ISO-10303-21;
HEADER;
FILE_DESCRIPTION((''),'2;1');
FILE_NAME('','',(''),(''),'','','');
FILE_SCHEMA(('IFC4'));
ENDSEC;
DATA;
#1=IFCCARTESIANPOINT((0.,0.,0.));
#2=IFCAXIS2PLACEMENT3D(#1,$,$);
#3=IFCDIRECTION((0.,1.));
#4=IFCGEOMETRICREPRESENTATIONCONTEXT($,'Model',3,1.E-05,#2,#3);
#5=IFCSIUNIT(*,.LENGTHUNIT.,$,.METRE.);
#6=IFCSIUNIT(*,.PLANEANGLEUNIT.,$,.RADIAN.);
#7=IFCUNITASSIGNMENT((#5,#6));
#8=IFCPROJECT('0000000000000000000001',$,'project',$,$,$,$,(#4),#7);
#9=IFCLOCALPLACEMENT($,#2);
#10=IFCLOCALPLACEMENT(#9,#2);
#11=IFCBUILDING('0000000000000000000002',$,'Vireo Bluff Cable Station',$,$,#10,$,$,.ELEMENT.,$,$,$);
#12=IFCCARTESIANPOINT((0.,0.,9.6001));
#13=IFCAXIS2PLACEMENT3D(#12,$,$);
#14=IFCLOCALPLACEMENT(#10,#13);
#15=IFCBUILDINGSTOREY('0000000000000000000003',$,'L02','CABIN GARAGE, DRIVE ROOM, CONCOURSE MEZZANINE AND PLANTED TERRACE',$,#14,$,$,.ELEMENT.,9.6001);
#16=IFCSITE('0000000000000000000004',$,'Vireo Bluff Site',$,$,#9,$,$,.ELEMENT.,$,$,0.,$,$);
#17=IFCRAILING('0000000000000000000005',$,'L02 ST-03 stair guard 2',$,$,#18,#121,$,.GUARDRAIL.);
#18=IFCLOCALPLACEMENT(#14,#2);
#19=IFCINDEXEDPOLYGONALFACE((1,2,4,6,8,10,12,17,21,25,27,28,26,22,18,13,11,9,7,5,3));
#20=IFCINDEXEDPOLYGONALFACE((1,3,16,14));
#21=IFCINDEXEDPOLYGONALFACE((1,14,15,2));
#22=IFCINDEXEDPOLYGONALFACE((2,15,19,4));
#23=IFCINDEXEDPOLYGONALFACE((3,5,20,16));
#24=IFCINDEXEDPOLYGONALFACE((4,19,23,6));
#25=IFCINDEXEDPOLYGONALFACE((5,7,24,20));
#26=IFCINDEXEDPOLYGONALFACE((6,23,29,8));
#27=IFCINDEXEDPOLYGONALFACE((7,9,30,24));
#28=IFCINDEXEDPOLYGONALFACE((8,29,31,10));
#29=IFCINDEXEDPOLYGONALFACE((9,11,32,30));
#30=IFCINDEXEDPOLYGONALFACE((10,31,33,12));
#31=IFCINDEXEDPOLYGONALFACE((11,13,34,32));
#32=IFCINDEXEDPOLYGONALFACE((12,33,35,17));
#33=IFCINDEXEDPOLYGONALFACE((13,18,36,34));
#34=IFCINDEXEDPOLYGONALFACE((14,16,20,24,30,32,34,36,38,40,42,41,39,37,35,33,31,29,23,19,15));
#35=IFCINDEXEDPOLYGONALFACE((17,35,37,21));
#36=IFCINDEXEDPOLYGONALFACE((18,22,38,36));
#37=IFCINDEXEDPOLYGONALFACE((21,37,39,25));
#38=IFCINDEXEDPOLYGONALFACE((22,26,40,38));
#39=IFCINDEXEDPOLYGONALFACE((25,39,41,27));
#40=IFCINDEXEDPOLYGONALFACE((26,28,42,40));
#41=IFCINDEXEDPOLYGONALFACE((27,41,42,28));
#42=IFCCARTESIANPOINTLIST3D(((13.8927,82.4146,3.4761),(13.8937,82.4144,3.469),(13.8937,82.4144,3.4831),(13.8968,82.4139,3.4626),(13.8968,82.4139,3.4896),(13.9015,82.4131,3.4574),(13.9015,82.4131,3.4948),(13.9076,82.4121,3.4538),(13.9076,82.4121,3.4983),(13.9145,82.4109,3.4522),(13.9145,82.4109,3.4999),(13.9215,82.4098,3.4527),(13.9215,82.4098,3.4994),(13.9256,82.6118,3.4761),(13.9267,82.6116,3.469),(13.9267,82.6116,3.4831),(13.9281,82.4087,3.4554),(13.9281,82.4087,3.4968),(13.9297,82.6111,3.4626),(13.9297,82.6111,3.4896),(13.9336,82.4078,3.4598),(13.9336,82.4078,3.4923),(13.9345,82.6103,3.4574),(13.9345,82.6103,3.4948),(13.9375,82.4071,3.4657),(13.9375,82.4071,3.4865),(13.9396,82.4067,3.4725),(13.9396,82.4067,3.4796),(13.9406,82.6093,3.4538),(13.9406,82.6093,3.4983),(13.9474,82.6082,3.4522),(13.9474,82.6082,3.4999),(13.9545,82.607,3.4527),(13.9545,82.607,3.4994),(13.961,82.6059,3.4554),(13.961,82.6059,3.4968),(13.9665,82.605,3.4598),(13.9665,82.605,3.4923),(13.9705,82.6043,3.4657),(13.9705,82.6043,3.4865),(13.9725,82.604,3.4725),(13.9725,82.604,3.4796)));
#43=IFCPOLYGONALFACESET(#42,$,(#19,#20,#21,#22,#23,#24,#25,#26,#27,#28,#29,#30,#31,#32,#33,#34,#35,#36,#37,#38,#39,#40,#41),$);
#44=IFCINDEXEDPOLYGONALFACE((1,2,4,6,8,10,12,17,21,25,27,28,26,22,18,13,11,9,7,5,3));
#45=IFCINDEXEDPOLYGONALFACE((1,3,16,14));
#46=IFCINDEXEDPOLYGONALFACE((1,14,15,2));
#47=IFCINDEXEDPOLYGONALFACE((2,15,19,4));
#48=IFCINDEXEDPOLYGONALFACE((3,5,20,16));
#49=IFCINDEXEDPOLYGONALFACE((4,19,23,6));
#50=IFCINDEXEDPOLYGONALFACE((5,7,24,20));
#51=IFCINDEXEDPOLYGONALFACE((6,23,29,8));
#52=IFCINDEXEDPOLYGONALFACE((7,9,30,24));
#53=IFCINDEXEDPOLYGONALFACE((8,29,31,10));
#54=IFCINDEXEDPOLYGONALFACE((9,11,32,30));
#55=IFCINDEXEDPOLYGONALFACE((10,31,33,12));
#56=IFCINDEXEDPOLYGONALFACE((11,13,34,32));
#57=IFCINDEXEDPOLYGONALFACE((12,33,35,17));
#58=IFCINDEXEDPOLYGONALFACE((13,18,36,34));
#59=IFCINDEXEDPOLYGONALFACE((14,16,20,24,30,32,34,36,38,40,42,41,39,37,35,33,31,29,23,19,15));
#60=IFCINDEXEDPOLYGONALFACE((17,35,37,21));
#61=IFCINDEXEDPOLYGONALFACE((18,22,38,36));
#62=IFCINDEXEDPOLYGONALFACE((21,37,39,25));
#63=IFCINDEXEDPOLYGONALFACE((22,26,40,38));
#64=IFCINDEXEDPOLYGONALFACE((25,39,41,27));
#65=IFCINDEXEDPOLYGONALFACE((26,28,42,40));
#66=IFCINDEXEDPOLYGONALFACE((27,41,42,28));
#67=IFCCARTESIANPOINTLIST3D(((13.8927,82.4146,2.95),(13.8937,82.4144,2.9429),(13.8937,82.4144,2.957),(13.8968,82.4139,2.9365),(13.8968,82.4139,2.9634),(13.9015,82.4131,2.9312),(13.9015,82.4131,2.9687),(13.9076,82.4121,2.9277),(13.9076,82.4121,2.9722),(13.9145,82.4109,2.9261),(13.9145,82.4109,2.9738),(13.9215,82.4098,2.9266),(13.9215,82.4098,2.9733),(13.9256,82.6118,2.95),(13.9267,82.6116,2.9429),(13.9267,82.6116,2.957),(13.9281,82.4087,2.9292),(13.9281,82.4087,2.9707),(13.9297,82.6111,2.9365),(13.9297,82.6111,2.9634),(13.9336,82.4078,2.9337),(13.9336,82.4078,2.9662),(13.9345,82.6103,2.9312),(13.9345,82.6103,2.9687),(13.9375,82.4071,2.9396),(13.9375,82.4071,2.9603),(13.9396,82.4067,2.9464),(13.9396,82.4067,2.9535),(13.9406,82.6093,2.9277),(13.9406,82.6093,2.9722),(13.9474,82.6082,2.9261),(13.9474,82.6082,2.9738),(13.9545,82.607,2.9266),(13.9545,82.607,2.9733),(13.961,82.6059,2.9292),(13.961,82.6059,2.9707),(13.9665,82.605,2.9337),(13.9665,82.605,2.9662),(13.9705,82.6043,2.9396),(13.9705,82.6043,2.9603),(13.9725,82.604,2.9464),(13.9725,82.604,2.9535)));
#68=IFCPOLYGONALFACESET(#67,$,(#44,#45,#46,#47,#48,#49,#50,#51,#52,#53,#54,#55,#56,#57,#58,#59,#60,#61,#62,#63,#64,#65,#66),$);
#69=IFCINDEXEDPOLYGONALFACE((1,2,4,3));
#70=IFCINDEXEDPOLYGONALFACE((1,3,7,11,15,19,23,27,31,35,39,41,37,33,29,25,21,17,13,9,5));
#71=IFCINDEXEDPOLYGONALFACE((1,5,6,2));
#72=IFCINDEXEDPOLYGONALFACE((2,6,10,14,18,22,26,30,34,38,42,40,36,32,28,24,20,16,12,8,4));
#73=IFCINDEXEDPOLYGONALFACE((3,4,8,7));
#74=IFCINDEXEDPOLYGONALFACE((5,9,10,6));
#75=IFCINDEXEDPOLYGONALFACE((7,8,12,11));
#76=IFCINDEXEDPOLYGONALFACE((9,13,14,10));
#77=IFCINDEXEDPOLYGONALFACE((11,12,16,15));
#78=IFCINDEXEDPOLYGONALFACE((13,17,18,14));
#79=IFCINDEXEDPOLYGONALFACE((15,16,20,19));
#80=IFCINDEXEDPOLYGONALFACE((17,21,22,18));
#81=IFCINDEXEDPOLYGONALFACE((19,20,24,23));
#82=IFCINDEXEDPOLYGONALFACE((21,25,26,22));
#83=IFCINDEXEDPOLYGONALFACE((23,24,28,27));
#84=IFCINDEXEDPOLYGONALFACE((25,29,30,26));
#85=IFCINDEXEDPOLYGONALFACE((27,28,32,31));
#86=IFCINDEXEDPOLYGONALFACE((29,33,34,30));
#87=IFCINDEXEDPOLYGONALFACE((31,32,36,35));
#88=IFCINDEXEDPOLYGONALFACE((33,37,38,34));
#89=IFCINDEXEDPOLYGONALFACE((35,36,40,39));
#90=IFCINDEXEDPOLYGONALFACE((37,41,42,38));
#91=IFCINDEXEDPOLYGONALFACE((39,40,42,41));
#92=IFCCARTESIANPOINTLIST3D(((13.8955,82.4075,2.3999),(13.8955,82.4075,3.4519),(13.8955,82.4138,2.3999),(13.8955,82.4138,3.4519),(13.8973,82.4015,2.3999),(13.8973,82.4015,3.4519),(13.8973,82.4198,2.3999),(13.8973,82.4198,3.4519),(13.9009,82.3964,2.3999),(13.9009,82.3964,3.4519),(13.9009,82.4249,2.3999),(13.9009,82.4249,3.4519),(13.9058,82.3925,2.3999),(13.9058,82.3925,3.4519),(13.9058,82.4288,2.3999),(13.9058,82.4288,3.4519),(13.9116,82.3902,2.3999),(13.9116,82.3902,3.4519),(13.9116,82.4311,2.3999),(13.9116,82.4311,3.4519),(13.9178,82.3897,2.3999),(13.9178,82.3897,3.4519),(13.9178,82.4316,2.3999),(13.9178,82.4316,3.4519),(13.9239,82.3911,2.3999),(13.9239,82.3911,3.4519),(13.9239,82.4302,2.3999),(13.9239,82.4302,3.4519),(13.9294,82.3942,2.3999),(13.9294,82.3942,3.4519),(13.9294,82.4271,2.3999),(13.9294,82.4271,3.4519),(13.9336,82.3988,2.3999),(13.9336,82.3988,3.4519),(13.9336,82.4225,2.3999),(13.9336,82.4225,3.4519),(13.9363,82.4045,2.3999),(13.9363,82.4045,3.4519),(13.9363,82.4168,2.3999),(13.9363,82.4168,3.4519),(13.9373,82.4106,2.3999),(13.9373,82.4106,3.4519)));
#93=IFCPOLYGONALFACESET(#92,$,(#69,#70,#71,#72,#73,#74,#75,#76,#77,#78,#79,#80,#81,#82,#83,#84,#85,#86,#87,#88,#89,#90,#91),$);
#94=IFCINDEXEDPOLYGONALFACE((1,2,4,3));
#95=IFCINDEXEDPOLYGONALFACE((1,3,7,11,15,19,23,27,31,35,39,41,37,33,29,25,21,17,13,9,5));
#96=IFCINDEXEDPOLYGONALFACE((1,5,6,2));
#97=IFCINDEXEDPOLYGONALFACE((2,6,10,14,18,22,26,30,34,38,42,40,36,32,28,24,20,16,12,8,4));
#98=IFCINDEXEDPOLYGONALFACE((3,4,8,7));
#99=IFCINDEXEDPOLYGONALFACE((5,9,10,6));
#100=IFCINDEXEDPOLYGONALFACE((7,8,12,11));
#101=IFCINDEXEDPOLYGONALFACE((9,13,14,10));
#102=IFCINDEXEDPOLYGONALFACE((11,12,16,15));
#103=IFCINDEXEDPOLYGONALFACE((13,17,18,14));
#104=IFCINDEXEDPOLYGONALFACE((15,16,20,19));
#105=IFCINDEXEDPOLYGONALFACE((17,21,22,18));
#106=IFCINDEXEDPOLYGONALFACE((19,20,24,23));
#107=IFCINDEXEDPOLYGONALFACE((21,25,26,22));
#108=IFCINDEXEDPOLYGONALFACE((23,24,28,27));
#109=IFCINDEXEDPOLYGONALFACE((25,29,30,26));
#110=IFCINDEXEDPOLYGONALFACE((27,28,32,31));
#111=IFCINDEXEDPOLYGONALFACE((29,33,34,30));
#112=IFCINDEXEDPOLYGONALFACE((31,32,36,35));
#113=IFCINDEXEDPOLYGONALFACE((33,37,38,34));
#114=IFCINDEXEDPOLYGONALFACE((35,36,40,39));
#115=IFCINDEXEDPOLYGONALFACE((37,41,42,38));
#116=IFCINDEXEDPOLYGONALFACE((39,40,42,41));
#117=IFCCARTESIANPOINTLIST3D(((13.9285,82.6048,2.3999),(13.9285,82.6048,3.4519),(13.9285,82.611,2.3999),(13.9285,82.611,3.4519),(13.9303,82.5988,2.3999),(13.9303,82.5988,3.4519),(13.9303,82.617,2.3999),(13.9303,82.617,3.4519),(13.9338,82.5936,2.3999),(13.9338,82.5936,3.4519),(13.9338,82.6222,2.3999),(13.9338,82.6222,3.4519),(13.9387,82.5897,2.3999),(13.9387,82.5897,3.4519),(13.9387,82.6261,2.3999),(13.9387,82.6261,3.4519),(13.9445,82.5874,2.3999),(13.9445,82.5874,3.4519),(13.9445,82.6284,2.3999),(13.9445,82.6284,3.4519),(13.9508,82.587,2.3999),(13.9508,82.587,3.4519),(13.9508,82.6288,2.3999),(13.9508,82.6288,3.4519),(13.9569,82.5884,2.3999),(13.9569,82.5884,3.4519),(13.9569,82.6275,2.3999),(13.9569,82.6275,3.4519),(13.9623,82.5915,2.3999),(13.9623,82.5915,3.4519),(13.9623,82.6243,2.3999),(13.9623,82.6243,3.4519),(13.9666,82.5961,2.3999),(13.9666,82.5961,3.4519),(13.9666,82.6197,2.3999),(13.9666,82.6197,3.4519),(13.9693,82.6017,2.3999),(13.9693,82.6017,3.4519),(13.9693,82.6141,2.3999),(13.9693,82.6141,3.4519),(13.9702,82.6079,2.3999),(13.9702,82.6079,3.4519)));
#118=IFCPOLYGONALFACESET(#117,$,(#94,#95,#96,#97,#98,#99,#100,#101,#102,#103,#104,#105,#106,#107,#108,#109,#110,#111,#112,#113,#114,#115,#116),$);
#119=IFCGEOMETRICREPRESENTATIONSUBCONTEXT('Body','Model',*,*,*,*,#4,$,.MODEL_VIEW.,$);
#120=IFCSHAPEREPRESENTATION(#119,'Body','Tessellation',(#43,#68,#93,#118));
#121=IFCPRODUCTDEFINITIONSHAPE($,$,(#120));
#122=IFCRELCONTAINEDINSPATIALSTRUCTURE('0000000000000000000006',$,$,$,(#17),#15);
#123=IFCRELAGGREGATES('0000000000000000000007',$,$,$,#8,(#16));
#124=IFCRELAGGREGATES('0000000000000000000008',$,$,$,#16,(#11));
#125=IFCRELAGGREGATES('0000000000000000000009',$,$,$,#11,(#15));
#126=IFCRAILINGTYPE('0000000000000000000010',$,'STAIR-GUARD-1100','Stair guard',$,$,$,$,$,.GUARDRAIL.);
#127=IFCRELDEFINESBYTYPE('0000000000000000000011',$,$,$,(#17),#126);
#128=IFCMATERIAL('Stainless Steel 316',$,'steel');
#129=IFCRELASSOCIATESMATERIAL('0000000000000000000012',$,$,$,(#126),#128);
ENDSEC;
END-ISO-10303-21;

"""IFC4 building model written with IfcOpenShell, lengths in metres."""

from ifc_helpers import new_model, si_unit, direction, frame, origin, origin_2d, place, context, subcontext, project, spatial, circle, extrude, material, type_object, element, save


model = new_model("IFC4")

# Units and contexts
model_context = context("Model", 3, precision=1e-05, world=origin(), true_north=direction((0.0, 1.0)))
body_context = subcontext(model_context, "Body", "Model", "MODEL_VIEW")
ifc_project = project(units=[si_unit("LENGTHUNIT", "METRE"), si_unit("PLANEANGLEUNIT", "RADIAN")], contexts=[model_context])

# Site, building, storey
site_placement = place(None, origin())
site = spatial("IfcSite", under=ifc_project, at=site_placement, Name="Vireo Bluff Site", CompositionType="ELEMENT", RefElevation=0.0)
building_placement = place(site_placement, origin())
building = spatial("IfcBuilding", under=site, at=building_placement, Name="Vireo Bluff Cable Station", CompositionType="ELEMENT")
storey_placement = place(building_placement, frame((0.0, 0.0, 9.6001)))
storey = spatial("IfcBuildingStorey", under=building, at=storey_placement, Name="L02", Description="CABIN GARAGE, DRIVE ROOM, CONCOURSE MEZZANINE AND PLANTED TERRACE", CompositionType="ELEMENT", Elevation=9.6001)

# Shared definitions
ifc_material_1 = material(Name="Stainless Steel 316", Category="steel")

# Railing
railing_type_1 = type_object("IfcRailingType", Name="STAIR-GUARD-1100", Description="Stair guard", PredefinedType="GUARDRAIL", material=ifc_material_1)
railing_1_placement = place(storey_placement, frame((13.9163, 82.4106, 2.3999)))
element("IfcRailing", 1, at=railing_1_placement, inside=storey, type_object=railing_type_1, Name="L02 ST-03 stair guard 2", PredefinedType="GUARDRAIL", context=body_context, shape_type="SweptSolid", body=[
    extrude(circle(Radius=0.0239, at=origin_2d()), frame((0.0, 0.0, 1.0762), z_axis=(0.164795, 0.986328, 0.0), x_axis=(-0.986328, 0.164795, 0.0)), (0.0, 0.0, 1.0), 0.2),
    extrude(circle(Radius=0.0239, at=origin_2d()), frame((0.0, 0.0, 0.55), z_axis=(0.164795, 0.986328, 0.0), x_axis=(-0.986328, 0.164795, 0.0)), (0.0, 0.0, 1.0), 0.2),
    extrude(circle(Radius=0.021, at=origin_2d()), origin(), (0.0, 0.0, 1.0), 1.052),
    extrude(circle(Radius=0.021, at=origin_2d()), frame((0.033, 0.1973, 0.0)), (0.0, 0.0, 1.0), 1.052),
])

save(model, "model.ifc")
